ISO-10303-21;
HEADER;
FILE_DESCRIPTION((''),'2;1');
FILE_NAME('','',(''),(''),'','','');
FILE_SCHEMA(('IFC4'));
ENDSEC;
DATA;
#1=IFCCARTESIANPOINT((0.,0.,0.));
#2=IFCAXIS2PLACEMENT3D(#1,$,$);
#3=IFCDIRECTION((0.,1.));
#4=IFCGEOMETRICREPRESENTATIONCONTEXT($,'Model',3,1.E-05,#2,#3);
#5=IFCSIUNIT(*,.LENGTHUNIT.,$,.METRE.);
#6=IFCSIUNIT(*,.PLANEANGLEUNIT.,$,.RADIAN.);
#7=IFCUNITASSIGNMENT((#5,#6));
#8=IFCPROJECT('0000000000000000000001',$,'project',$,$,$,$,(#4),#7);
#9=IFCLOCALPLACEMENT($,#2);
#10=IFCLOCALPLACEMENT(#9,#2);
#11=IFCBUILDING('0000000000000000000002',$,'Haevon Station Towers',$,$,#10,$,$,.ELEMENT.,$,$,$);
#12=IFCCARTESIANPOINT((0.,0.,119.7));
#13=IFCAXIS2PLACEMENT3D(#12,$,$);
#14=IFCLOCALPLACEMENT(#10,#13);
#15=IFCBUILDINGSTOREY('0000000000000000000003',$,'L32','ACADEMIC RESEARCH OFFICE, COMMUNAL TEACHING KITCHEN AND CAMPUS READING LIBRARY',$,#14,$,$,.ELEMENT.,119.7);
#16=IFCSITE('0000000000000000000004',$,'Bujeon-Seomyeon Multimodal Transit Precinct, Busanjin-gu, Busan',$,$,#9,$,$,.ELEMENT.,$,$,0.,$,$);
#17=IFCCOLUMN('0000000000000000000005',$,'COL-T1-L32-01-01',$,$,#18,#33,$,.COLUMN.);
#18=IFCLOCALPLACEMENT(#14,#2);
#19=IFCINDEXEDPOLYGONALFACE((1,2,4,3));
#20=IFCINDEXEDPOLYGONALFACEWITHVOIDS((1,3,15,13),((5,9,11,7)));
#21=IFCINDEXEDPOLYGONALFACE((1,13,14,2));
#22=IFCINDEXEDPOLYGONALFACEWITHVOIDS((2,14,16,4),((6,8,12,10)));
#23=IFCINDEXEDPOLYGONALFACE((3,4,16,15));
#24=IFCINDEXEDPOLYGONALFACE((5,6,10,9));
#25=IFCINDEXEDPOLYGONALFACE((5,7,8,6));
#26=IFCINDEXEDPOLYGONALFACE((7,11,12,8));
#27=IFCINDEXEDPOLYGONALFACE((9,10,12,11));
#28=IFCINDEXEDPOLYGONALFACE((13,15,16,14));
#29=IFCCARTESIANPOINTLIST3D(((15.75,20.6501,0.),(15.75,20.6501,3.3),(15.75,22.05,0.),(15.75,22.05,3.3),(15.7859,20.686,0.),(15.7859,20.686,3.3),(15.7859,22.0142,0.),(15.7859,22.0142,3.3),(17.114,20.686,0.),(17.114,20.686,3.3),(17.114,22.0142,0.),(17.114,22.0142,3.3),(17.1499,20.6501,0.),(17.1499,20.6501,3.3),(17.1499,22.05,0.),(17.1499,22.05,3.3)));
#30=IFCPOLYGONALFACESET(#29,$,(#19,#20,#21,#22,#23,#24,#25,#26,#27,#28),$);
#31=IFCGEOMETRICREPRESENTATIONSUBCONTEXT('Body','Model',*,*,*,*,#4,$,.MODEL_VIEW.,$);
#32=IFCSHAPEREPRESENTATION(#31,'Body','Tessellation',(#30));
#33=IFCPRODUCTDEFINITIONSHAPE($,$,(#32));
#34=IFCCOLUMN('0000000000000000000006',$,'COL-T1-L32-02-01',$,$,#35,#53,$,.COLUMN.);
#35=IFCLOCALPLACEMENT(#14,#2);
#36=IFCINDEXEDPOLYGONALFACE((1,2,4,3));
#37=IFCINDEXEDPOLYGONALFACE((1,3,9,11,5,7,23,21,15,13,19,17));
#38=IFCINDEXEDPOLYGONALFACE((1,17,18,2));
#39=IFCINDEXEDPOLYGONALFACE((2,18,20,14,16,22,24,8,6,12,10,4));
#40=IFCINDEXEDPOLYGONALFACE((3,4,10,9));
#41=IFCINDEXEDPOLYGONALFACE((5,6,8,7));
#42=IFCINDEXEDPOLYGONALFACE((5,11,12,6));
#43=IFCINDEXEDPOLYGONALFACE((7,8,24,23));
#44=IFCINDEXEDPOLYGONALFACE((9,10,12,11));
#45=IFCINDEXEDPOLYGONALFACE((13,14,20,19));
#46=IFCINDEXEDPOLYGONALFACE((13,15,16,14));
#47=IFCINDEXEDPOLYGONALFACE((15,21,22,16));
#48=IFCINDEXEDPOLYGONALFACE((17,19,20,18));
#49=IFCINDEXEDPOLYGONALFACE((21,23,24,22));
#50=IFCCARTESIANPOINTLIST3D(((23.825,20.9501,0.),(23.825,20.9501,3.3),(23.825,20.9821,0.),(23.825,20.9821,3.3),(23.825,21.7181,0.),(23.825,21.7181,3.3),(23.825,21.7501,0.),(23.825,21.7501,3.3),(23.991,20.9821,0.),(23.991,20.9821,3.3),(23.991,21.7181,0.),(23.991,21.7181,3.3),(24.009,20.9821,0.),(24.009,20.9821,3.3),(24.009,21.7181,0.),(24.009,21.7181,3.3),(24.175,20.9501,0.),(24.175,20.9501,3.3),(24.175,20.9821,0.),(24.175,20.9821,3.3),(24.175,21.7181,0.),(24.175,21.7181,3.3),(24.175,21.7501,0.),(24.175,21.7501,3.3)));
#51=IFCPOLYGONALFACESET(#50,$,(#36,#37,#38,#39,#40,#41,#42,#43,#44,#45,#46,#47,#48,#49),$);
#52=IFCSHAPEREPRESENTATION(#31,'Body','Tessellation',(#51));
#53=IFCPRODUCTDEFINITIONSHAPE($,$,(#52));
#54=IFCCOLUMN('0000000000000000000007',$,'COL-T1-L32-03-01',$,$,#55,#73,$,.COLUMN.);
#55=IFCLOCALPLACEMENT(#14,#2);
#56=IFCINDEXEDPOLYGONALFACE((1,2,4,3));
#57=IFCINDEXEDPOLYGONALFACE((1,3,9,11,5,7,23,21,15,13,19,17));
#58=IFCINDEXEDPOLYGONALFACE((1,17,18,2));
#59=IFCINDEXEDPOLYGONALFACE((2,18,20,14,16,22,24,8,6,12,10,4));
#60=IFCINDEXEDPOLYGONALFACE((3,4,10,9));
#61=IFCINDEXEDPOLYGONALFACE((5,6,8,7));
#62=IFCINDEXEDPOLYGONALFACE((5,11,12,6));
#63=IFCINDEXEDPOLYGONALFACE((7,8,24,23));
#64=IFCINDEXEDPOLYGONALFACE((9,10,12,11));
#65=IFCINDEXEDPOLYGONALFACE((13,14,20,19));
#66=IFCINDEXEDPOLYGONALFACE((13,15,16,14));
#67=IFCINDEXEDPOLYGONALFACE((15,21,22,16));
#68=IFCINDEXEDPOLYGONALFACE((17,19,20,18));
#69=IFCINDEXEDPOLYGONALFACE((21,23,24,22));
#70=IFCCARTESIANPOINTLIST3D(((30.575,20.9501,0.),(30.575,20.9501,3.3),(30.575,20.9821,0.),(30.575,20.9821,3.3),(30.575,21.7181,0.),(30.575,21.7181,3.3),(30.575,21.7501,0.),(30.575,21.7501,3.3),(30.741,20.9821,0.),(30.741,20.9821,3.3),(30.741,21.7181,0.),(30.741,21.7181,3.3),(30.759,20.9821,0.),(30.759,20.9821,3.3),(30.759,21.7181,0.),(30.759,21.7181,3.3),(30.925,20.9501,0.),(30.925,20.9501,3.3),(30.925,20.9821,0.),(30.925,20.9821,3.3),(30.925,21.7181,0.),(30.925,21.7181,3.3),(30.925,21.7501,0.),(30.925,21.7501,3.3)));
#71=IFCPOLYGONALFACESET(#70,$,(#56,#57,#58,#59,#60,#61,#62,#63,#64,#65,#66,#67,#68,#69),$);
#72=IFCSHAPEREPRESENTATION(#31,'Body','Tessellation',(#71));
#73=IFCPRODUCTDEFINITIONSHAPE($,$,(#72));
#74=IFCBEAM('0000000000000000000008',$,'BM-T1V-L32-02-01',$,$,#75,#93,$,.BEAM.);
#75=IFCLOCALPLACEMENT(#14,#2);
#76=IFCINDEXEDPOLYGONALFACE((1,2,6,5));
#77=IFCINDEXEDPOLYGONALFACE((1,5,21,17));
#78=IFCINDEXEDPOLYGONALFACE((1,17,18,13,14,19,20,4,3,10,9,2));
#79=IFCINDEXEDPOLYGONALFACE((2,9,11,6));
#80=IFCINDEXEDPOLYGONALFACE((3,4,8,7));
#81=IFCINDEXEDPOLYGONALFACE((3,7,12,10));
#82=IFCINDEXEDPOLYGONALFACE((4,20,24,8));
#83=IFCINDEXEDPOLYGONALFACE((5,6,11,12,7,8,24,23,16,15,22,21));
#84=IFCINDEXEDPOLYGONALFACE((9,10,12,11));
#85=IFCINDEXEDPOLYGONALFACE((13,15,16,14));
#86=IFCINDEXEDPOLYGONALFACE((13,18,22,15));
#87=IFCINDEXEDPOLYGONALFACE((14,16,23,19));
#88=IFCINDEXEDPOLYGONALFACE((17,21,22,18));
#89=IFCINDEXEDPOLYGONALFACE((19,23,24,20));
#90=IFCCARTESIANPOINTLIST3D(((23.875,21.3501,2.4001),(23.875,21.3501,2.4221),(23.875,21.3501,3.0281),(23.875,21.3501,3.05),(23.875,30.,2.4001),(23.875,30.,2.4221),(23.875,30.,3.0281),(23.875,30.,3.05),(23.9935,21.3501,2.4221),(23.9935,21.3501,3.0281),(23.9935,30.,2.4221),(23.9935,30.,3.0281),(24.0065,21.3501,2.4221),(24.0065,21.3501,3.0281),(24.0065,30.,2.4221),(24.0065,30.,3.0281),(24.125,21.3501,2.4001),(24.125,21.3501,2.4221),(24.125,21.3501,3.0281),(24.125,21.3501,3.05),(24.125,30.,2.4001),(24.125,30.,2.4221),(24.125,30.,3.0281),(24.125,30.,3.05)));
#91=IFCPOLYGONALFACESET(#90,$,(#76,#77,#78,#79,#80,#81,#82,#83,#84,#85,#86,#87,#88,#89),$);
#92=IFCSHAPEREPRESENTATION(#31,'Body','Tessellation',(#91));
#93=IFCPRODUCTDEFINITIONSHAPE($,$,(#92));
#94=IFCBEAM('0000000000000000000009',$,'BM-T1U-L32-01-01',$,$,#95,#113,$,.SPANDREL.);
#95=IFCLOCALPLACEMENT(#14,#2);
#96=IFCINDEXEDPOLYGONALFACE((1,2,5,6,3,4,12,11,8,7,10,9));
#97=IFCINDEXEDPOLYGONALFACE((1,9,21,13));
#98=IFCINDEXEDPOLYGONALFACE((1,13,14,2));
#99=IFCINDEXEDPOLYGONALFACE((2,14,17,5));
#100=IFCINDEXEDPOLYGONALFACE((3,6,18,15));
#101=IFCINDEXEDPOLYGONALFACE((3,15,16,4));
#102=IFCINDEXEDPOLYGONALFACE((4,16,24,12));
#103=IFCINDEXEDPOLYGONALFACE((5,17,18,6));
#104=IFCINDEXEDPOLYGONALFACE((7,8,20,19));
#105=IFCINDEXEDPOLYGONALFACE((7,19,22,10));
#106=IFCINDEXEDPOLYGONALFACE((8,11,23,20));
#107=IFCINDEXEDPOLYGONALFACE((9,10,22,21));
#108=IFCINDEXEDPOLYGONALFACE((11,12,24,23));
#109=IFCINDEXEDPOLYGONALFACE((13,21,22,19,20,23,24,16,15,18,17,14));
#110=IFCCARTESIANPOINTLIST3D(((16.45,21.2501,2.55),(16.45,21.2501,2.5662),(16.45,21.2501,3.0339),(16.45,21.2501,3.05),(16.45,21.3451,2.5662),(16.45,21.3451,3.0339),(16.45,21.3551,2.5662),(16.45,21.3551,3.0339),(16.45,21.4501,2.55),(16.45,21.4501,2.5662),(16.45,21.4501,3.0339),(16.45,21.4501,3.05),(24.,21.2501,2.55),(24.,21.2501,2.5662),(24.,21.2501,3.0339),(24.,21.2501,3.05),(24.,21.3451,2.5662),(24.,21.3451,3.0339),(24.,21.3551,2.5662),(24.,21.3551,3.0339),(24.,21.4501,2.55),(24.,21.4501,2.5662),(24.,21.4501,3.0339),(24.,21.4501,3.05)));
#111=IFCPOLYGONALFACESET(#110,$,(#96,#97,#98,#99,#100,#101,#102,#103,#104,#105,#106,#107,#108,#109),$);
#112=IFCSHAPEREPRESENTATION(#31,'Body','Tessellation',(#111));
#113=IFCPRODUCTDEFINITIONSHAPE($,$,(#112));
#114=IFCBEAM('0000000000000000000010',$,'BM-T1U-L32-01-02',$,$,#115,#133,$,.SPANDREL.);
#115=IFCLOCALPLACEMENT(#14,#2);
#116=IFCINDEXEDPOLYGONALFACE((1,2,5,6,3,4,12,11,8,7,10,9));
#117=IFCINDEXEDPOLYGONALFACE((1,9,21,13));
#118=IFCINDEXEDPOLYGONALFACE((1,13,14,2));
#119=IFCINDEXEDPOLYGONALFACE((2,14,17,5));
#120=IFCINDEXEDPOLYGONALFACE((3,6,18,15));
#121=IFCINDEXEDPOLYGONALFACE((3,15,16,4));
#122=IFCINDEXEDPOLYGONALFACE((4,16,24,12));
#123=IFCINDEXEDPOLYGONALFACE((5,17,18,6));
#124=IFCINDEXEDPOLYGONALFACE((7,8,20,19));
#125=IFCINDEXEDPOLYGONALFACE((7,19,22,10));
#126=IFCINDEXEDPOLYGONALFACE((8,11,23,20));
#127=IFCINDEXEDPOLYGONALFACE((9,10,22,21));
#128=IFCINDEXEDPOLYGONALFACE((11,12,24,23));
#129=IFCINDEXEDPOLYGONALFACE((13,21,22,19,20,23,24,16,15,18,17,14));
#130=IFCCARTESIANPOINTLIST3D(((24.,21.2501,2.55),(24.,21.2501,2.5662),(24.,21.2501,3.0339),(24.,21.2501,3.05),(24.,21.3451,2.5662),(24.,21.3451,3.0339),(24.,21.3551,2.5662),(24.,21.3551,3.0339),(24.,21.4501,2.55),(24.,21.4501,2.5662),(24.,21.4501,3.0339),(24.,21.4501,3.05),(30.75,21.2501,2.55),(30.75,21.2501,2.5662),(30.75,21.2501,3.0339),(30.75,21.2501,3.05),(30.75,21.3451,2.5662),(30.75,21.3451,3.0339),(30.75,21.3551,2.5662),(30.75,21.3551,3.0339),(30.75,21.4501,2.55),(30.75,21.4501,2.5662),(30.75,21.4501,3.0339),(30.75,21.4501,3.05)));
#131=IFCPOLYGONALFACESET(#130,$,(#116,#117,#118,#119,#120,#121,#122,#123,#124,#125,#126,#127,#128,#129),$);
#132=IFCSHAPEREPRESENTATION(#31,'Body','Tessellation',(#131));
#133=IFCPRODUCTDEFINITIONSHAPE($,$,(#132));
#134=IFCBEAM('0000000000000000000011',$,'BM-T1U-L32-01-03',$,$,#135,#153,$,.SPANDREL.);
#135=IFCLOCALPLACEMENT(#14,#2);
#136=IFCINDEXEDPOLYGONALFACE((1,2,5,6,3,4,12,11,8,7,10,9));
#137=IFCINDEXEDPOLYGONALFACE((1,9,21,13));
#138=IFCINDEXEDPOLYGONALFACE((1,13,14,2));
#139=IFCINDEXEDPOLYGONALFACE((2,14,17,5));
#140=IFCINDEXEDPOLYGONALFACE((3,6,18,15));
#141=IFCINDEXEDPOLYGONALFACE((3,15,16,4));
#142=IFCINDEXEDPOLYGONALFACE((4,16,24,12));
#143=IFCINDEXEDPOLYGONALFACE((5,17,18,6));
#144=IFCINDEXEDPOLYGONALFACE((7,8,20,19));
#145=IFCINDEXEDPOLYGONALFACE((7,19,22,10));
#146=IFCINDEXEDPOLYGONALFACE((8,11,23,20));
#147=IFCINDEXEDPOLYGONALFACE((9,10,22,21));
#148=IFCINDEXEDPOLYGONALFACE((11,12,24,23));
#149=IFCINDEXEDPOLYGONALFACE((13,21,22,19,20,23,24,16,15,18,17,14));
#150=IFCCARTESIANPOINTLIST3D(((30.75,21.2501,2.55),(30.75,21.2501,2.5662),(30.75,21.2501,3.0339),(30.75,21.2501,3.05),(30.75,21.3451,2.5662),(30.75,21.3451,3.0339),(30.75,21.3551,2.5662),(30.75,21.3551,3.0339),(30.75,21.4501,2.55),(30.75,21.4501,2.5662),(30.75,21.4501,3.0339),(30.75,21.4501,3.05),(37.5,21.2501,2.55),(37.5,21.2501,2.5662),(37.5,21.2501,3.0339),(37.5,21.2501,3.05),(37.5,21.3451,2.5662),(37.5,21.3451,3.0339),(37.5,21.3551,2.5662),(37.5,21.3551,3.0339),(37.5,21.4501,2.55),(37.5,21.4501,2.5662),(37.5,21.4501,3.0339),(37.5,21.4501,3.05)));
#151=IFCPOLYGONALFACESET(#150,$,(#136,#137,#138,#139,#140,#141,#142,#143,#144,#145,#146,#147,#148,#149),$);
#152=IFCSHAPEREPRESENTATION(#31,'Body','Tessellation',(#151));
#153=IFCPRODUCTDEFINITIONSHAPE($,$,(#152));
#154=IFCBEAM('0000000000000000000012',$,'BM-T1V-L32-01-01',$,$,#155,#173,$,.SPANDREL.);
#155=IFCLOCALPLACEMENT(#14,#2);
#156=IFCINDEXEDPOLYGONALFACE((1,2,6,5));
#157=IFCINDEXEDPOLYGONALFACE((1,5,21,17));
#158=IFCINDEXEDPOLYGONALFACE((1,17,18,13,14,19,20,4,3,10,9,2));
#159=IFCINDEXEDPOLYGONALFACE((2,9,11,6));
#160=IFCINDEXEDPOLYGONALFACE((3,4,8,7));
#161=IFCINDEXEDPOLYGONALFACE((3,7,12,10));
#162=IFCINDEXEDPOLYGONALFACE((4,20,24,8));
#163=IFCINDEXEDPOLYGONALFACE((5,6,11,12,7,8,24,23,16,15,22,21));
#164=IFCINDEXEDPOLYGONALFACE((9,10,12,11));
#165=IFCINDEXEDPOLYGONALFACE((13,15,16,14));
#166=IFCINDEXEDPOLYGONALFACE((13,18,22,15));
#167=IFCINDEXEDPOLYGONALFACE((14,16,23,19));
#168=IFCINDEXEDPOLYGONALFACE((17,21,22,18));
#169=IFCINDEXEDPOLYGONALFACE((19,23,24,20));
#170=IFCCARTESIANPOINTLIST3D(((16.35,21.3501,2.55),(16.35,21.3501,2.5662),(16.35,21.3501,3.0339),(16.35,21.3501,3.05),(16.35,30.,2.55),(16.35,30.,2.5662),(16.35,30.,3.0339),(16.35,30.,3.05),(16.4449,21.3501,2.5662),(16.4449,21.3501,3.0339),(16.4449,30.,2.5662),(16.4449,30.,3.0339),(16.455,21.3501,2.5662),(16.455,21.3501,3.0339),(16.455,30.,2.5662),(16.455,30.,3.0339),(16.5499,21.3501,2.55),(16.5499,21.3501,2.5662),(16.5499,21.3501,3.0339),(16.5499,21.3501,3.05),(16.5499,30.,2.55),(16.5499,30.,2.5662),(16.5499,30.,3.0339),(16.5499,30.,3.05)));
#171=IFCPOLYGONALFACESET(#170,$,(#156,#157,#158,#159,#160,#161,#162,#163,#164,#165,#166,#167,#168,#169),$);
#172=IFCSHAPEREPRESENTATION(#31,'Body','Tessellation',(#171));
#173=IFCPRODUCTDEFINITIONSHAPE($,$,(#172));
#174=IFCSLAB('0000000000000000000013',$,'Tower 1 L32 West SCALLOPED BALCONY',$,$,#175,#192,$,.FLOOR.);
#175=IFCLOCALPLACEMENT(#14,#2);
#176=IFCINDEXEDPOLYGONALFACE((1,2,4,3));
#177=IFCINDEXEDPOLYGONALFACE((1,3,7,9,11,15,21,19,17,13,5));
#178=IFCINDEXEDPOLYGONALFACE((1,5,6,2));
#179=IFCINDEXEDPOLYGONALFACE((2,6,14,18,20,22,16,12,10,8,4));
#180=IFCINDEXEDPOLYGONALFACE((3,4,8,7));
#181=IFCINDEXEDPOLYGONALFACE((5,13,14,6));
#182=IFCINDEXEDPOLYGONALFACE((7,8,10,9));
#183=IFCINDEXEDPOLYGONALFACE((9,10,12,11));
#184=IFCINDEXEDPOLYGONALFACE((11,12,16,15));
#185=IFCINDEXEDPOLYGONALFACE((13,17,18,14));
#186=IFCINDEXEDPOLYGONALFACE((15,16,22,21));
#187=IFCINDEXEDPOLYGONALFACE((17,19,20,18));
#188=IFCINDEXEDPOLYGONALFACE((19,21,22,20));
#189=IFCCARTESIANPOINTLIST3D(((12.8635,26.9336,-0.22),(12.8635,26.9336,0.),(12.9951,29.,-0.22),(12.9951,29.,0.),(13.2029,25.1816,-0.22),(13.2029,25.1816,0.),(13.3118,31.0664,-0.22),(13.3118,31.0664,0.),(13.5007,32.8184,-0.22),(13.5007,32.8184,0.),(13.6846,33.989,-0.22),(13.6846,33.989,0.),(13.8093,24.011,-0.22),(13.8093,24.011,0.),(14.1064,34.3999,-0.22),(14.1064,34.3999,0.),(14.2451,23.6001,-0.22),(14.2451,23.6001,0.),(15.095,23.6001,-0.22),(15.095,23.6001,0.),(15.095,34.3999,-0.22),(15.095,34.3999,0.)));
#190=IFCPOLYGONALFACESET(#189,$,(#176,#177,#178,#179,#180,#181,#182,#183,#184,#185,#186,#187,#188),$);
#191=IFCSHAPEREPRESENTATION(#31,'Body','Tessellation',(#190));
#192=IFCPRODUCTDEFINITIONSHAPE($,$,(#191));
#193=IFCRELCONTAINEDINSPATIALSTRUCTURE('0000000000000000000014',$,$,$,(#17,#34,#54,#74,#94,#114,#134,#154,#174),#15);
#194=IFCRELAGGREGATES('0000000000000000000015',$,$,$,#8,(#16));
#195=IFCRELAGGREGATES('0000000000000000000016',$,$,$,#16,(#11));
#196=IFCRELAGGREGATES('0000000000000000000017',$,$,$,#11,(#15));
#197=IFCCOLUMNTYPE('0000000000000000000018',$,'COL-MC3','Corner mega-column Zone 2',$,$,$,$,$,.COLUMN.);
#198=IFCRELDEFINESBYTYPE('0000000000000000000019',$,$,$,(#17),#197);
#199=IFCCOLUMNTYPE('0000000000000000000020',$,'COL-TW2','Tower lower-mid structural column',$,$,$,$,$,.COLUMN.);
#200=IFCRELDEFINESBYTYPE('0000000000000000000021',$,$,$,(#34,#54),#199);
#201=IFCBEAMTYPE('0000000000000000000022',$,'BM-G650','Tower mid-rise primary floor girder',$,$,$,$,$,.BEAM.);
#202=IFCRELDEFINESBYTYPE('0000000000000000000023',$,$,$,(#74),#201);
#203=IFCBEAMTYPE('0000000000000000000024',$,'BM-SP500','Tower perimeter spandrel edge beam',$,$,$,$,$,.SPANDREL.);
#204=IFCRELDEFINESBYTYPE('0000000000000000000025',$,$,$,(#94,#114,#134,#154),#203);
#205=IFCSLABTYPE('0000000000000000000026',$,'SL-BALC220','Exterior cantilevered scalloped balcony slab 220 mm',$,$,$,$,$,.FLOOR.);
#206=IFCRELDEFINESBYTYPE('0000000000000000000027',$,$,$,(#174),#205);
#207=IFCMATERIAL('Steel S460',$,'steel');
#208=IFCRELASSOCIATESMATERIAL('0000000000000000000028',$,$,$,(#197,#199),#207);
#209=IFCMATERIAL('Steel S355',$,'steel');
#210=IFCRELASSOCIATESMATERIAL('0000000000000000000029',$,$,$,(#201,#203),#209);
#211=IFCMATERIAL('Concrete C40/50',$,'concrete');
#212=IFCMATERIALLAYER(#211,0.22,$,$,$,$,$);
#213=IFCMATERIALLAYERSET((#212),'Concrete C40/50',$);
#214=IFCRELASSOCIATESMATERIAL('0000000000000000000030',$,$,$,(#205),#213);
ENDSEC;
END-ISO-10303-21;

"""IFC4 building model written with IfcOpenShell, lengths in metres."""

from ifc_helpers import new_model, si_unit, direction, frame, origin, origin_2d, place, context, subcontext, project, spatial, polyline, hollow_rectangle, i_section, outline, extrude, material, layer, layer_set, material_profile, profile_set, type_object, element, save


model = new_model("IFC4")

# Units and contexts
model_context = context("Model", 3, precision=1e-05, world=origin(), true_north=direction((0.0, 1.0)))
body_context = subcontext(model_context, "Body", "Model", "MODEL_VIEW")
ifc_project = project(units=[si_unit("LENGTHUNIT", "METRE"), si_unit("PLANEANGLEUNIT", "RADIAN")], contexts=[model_context])

# Site, building, storey
site_placement = place(None, origin())
site = spatial("IfcSite", under=ifc_project, at=site_placement, Name="Bujeon-Seomyeon Multimodal Transit Precinct, Busanjin-gu, Busan", CompositionType="ELEMENT", RefElevation=0.0)
building_placement = place(site_placement, origin())
building = spatial("IfcBuilding", under=site, at=building_placement, Name="Haevon Station Towers", CompositionType="ELEMENT")
storey_placement = place(building_placement, frame((0.0, 0.0, 119.7)))
storey = spatial("IfcBuildingStorey", under=building, at=storey_placement, Name="L32", Description="ACADEMIC RESEARCH OFFICE, COMMUNAL TEACHING KITCHEN AND CAMPUS READING LIBRARY", CompositionType="ELEMENT", Elevation=119.7)

# Columns
ifc_material_1 = material(Name="Steel S460", Category="steel")
ifc_material_profile_1 = material_profile(ifc_material_1, hollow_rectangle(XDim=1.3999, YDim=1.3999, WallThickness=0.0359, at=origin_2d()), Name="BOX-1400x1400x36")
ifc_profile_set_1 = profile_set([ifc_material_profile_1], Name="Steel S460")
column_type_1 = type_object("IfcColumnType", Name="COL-MC3", Description="Corner mega-column Zone 2", PredefinedType="COLUMN", material=ifc_profile_set_1)
column_placement = place(storey_placement, frame((16.45, 21.3501, 0.0), z_axis=(0.0, 0.0, 1.0), x_axis=(1.0, 0.0, 0.0)))
element("IfcColumn", 1, at=column_placement, inside=storey, type_object=column_type_1, Name="COL-T1-L32-01-01", PredefinedType="COLUMN", context=body_context, shape_type="SweptSolid", body=[
    extrude(hollow_rectangle(XDim=1.3999, YDim=1.3999, WallThickness=0.0359, at=origin_2d()), origin(), (0.0, 0.0, 1.0), 3.3),
])
ifc_material_profile_2 = material_profile(ifc_material_1, i_section(OverallWidth=0.3501, OverallDepth=0.8, WebThickness=0.0181, FlangeThickness=0.032, at=origin_2d()), Name="H-800x350x18x32")
ifc_profile_set_2 = profile_set([ifc_material_profile_2], Name="Steel S460")
column_type_2 = type_object("IfcColumnType", Name="COL-TW2", Description="Tower lower-mid structural column", PredefinedType="COLUMN", material=ifc_profile_set_2)
for number, where, z_axis, x_axis, name in (
    (2, (24.0, 21.3501, 0.0), (0.0, 0.0, 1.0), (1.0, 0.0, 0.0), "COL-T1-L32-02-01"),
    (3, (30.75, 21.3501, 0.0), (0.0, 0.0, 1.0), (1.0, 0.0, 0.0), "COL-T1-L32-03-01"),
):
    element("IfcColumn", number, at=place(storey_placement, frame(where, z_axis=z_axis, x_axis=x_axis)), inside=storey, type_object=column_type_2, Name=name, PredefinedType="COLUMN", context=body_context, shape_type="SweptSolid", body=[
        extrude(i_section(OverallWidth=0.3501, OverallDepth=0.8, WebThickness=0.0181, FlangeThickness=0.032, at=origin_2d()), origin(), (0.0, 0.0, 1.0), 3.3),
    ])

# Beams
ifc_material_2 = material(Name="Steel S355", Category="steel")
ifc_material_profile_3 = material_profile(ifc_material_2, i_section(OverallWidth=0.25, OverallDepth=0.6499, WebThickness=0.0129, FlangeThickness=0.022, at=origin_2d()), Name="H-650x250x13x22")
ifc_profile_set_3 = profile_set([ifc_material_profile_3], Name="Steel S355")
beam_type_1 = type_object("IfcBeamType", Name="BM-G650", Description="Tower mid-rise primary floor girder", PredefinedType="BEAM", material=ifc_profile_set_3)
beam_1_placement = place(storey_placement, frame((24.0, 21.3501, 2.7251), z_axis=(0.0, 1.0, 0.0), x_axis=(-1.0, 0.0, 0.0)))
element("IfcBeam", 4, at=beam_1_placement, inside=storey, type_object=beam_type_1, Name="BM-T1V-L32-02-01", PredefinedType="BEAM", context=body_context, shape_type="SweptSolid", body=[
    extrude(i_section(OverallWidth=0.25, OverallDepth=0.6499, WebThickness=0.0129, FlangeThickness=0.022, at=origin_2d()), origin(), (0.0, 0.0, 1.0), 8.6499),
])
ifc_material_profile_4 = material_profile(ifc_material_2, i_section(OverallWidth=0.2, OverallDepth=0.5, WebThickness=0.01, FlangeThickness=0.0161, at=origin_2d()), Name="H-500x200x10x16")
ifc_profile_set_4 = profile_set([ifc_material_profile_4], Name="Steel S355")
beam_type_2 = type_object("IfcBeamType", Name="BM-SP500", Description="Tower perimeter spandrel edge beam", PredefinedType="SPANDREL", material=ifc_profile_set_4)
beam_2_placement = place(storey_placement, frame((16.45, 21.3501, 2.8), z_axis=(1.0, 0.0, 0.0), x_axis=(0.0, 1.0, 0.0)))
element("IfcBeam", 5, at=beam_2_placement, inside=storey, type_object=beam_type_2, Name="BM-T1U-L32-01-01", PredefinedType="SPANDREL", context=body_context, shape_type="SweptSolid", body=[
    extrude(i_section(OverallWidth=0.2, OverallDepth=0.5, WebThickness=0.01, FlangeThickness=0.0161, at=origin_2d()), origin(), (0.0, 0.0, 1.0), 7.55),
])
for number, where, z_axis, x_axis, name in (
    (6, (24.0, 21.3501, 2.8), (1.0, 0.0, 0.0), (0.0, 1.0, 0.0), "BM-T1U-L32-01-02"),
    (7, (30.75, 21.3501, 2.8), (1.0, 0.0, 0.0), (0.0, 1.0, 0.0), "BM-T1U-L32-01-03"),
):
    element("IfcBeam", number, at=place(storey_placement, frame(where, z_axis=z_axis, x_axis=x_axis)), inside=storey, type_object=beam_type_2, Name=name, PredefinedType="SPANDREL", context=body_context, shape_type="SweptSolid", body=[
        extrude(i_section(OverallWidth=0.2, OverallDepth=0.5, WebThickness=0.01, FlangeThickness=0.0161, at=origin_2d()), origin(), (0.0, 0.0, 1.0), 6.75),
    ])
beam_3_placement = place(storey_placement, frame((16.45, 21.3501, 2.8), z_axis=(0.0, 1.0, 0.0), x_axis=(-1.0, 0.0, 0.0)))
element("IfcBeam", 8, at=beam_3_placement, inside=storey, type_object=beam_type_2, Name="BM-T1V-L32-01-01", PredefinedType="SPANDREL", context=body_context, shape_type="SweptSolid", body=[
    extrude(i_section(OverallWidth=0.2, OverallDepth=0.5, WebThickness=0.01, FlangeThickness=0.0161, at=origin_2d()), origin(), (0.0, 0.0, 1.0), 8.6499),
])

# Slab
ifc_material_3 = material(Name="Concrete C40/50", Category="concrete")
ifc_layer_1 = layer(ifc_material_3, 0.22)
ifc_layer_set_1 = layer_set([ifc_layer_1], Name="Concrete C40/50")
slab_type_1 = type_object("IfcSlabType", Name="SL-BALC220", Description="Exterior cantilevered scalloped balcony slab 220 mm", PredefinedType="FLOOR", material=ifc_layer_set_1)
slab_1_placement = place(storey_placement, frame((0.0, 0.0, -0.22)))
element("IfcSlab", 9, at=slab_1_placement, inside=storey, type_object=slab_type_1, Name="Tower 1 L32 West SCALLOPED BALCONY", PredefinedType="FLOOR", context=body_context, shape_type="SweptSolid", body=[
    extrude(outline(polyline([(15.095, 34.3999), (14.1064, 34.3999), (13.6846, 33.989), (13.5007, 32.8184), (13.3118, 31.0664), (12.9951, 29.0), (12.8635, 26.9336), (13.2029, 25.1816), (13.8093, 24.011), (14.2451, 23.6001), (15.095, 23.6001), (15.095, 34.3999)])), origin(), (0.0, 0.0, 1.0), 0.22),
])

save(model, "model.ifc")
